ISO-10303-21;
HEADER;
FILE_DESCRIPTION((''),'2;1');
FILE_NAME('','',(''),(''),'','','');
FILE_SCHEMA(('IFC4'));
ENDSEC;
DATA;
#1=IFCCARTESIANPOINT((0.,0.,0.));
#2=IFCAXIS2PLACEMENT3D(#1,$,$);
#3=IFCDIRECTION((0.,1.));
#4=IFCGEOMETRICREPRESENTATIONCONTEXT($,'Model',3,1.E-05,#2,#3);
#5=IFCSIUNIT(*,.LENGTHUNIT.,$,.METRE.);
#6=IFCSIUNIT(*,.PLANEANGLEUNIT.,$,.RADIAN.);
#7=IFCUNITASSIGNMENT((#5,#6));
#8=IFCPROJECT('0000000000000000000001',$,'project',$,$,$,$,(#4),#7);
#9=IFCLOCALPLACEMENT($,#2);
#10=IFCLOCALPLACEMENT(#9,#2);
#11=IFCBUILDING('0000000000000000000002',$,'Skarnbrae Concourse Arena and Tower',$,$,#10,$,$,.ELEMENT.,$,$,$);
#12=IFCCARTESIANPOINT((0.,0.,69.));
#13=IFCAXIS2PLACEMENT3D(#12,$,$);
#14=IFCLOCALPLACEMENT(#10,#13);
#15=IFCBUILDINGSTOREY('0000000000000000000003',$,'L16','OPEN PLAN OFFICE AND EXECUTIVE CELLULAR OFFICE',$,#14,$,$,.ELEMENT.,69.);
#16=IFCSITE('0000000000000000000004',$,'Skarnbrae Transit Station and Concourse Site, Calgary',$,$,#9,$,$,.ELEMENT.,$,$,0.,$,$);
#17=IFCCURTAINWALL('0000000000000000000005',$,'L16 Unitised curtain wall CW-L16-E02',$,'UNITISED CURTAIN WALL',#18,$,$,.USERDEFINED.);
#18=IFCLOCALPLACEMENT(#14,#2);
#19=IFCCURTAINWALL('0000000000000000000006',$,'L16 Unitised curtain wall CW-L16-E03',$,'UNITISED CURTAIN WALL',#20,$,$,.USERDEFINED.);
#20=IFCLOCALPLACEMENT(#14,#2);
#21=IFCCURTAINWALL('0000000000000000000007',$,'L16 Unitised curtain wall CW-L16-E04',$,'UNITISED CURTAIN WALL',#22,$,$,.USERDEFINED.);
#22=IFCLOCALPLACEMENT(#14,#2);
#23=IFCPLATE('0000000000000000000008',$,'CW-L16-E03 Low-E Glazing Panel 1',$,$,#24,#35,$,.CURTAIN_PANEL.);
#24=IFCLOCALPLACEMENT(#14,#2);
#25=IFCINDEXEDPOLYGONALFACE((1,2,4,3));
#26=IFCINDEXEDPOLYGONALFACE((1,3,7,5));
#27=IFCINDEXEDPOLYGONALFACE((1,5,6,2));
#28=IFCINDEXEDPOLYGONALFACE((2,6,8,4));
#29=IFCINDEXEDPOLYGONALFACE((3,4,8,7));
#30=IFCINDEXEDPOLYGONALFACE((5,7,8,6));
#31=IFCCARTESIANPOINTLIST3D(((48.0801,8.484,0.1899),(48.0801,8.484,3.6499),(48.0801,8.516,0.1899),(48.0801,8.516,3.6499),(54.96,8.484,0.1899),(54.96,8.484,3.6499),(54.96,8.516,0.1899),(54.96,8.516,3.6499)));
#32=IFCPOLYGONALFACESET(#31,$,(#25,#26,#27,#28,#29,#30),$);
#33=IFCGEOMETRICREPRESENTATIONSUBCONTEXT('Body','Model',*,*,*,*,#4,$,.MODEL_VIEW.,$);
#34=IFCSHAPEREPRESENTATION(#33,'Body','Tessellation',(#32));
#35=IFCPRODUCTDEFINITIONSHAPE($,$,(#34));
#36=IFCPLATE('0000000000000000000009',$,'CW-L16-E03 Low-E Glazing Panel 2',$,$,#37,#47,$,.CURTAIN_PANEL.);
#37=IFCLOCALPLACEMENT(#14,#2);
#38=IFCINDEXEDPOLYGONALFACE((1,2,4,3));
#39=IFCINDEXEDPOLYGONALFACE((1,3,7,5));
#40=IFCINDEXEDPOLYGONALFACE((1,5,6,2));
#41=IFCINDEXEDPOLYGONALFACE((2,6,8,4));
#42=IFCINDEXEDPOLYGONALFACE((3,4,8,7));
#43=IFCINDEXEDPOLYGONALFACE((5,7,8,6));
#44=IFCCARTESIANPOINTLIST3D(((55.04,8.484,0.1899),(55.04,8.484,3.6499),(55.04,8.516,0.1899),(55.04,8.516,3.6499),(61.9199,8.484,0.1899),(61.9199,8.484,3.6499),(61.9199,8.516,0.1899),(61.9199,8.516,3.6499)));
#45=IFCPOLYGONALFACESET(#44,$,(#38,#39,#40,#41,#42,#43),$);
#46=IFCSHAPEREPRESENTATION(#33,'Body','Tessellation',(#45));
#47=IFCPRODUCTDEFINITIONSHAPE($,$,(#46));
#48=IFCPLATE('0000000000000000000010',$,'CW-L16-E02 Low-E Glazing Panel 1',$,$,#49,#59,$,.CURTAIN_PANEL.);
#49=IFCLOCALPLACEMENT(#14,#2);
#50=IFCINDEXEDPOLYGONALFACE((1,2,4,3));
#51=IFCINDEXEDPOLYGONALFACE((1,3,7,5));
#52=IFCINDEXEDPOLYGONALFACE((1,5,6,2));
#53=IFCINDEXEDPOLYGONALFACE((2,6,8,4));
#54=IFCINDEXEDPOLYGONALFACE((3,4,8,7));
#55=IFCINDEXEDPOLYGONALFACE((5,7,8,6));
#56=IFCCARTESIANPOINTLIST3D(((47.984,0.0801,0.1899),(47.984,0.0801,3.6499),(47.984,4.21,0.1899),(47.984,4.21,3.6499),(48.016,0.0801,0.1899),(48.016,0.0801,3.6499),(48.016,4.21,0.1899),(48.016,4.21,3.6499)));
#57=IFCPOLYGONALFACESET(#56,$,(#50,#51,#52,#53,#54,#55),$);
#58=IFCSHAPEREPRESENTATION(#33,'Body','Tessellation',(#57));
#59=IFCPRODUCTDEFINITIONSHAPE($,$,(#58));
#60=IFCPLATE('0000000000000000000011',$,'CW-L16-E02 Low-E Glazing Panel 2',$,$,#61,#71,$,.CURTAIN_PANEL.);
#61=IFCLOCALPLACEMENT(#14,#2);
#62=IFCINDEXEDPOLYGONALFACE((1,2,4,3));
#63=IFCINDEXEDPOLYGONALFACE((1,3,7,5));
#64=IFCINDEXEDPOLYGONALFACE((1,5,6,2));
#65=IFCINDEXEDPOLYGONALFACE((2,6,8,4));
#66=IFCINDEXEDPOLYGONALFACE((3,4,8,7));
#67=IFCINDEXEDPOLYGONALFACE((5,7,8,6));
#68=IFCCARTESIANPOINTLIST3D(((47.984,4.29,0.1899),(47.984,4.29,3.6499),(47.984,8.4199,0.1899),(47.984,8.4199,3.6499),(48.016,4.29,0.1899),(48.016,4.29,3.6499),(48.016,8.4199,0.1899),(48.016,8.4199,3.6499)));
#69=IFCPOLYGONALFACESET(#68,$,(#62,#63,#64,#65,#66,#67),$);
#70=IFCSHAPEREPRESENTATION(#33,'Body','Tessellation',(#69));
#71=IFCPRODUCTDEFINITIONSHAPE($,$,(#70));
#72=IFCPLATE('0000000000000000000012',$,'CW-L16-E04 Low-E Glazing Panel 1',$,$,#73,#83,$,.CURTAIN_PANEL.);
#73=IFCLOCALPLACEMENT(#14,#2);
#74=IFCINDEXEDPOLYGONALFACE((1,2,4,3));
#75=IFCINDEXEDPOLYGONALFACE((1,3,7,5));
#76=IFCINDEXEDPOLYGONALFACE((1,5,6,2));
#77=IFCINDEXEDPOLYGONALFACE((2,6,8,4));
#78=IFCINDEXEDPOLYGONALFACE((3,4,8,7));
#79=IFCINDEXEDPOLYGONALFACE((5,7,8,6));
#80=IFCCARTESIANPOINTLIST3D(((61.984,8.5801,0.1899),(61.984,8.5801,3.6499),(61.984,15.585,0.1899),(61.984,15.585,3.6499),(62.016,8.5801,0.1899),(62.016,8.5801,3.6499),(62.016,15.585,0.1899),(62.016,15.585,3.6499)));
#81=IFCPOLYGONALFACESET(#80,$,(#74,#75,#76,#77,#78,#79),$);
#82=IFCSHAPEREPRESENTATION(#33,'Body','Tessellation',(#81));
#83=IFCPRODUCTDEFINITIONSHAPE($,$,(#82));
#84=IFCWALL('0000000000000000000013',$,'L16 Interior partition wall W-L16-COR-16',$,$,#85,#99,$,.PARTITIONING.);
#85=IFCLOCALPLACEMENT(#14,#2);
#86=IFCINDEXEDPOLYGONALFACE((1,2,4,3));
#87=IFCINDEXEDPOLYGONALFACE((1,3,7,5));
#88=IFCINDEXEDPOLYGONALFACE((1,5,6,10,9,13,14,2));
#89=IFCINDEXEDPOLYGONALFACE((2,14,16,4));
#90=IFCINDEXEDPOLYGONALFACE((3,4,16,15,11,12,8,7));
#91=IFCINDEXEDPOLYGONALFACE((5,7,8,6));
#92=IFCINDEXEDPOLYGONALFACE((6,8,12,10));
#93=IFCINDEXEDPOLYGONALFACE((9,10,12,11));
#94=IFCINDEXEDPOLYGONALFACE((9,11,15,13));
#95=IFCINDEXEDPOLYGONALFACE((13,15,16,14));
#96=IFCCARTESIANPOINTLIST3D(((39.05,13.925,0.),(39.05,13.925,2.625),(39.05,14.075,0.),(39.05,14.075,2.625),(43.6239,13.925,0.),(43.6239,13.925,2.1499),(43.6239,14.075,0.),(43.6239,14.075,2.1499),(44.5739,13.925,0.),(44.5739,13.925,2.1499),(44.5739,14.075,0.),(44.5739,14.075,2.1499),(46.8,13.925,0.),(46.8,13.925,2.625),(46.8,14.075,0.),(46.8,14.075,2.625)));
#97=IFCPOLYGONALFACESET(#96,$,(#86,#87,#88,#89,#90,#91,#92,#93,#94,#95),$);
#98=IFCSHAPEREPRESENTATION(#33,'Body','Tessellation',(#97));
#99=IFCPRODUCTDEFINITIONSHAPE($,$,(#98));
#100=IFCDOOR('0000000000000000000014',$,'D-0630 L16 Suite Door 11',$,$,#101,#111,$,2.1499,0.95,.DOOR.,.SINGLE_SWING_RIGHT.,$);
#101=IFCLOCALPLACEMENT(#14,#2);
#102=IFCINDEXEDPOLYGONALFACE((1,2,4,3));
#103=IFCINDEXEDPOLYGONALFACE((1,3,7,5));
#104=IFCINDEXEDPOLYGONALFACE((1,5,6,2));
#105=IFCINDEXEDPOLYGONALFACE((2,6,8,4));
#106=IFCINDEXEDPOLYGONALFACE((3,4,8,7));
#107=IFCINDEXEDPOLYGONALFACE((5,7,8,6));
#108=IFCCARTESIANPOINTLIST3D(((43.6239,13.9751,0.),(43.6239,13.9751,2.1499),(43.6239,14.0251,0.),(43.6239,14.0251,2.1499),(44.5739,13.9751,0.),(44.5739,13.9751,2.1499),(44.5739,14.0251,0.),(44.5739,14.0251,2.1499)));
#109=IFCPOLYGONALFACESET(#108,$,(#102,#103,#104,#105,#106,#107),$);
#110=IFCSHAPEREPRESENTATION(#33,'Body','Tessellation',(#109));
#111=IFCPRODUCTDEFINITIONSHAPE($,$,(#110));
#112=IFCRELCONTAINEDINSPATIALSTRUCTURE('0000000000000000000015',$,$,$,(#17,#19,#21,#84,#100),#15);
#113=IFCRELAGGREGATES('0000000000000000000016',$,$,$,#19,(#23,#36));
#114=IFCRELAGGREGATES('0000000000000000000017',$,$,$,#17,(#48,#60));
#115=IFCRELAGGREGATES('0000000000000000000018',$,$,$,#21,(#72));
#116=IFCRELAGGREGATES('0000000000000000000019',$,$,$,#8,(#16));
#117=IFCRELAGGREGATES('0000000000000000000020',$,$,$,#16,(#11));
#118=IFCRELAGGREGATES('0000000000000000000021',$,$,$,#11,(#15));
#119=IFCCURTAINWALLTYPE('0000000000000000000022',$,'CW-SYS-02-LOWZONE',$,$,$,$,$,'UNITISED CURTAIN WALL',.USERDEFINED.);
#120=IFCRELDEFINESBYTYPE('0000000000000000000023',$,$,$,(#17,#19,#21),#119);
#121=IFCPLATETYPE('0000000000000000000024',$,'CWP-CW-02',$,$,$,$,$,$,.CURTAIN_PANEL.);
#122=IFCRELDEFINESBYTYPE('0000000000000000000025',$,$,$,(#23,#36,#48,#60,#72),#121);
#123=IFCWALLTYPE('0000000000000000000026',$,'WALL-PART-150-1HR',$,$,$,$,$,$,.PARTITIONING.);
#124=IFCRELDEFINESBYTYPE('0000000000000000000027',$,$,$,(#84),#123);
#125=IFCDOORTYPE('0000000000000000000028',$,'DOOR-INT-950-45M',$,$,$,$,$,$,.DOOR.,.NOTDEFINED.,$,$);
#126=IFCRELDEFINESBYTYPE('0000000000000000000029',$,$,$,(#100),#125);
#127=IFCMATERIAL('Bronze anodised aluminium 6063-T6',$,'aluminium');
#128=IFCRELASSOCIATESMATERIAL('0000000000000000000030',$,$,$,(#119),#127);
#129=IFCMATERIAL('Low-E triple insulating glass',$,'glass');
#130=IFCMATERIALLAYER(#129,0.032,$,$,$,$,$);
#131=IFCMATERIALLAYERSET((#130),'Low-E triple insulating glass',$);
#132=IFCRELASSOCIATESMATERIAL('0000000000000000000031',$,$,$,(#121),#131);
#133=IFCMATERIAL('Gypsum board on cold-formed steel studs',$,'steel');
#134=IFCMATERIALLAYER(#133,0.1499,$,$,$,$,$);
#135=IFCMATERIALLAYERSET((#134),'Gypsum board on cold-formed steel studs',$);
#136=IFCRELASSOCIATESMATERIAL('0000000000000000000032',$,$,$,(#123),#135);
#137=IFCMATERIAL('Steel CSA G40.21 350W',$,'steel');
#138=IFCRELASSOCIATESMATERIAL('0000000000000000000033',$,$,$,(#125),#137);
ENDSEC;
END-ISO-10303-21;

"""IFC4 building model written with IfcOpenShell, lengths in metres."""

from ifc_helpers import new_model, si_unit, direction, frame, frame_2d, origin, origin_2d, place, context, subcontext, project, spatial, rectangle, extrude, source, transform, mapped, material, layer, layer_set, type_object, element, fill, aggregate, save


model = new_model("IFC4")

# Units and contexts
model_context = context("Model", 3, precision=1e-05, world=origin(), true_north=direction((0.0, 1.0)))
body_context = subcontext(model_context, "Body", "Model", "MODEL_VIEW")
ifc_project = project(units=[si_unit("LENGTHUNIT", "METRE"), si_unit("PLANEANGLEUNIT", "RADIAN")], contexts=[model_context])

# Site, building, storey
site_placement = place(None, origin())
site = spatial("IfcSite", under=ifc_project, at=site_placement, Name="Skarnbrae Transit Station and Concourse Site, Calgary", CompositionType="ELEMENT", RefElevation=0.0)
building_placement = place(site_placement, origin())
building = spatial("IfcBuilding", under=site, at=building_placement, Name="Skarnbrae Concourse Arena and Tower", CompositionType="ELEMENT")
storey_placement = place(building_placement, frame((0.0, 0.0, 69.0)))
storey = spatial("IfcBuildingStorey", under=building, at=storey_placement, Name="L16", Description="OPEN PLAN OFFICE AND EXECUTIVE CELLULAR OFFICE", CompositionType="ELEMENT", Elevation=69.0)

# Shared definitions
ifc_material_1 = material(Name="Steel CSA G40.21 350W", Category="steel")

# Shared definitions
ifc_material_2 = material(Name="Bronze anodised aluminium 6063-T6", Category="aluminium")
curtain_wall_type = type_object("IfcCurtainWallType", Name="CW-SYS-02-LOWZONE", ElementType="UNITISED CURTAIN WALL", PredefinedType="USERDEFINED", material=ifc_material_2)

# Curtain walls
curtain_wall_1_placement = place(storey_placement, origin())
curtain_wall_1 = element("IfcCurtainWall", 1, at=curtain_wall_1_placement, inside=storey, type_object=curtain_wall_type, Name="L16 Unitised curtain wall CW-L16-E02", ObjectType="UNITISED CURTAIN WALL", PredefinedType="USERDEFINED")
curtain_wall_2_placement = place(storey_placement, origin())
curtain_wall_2 = element("IfcCurtainWall", 2, at=curtain_wall_2_placement, inside=storey, type_object=curtain_wall_type, Name="L16 Unitised curtain wall CW-L16-E03", ObjectType="UNITISED CURTAIN WALL", PredefinedType="USERDEFINED")

# Curtain wall
curtain_wall_3_placement = place(storey_placement, origin())
curtain_wall_3 = element("IfcCurtainWall", 3, at=curtain_wall_3_placement, inside=storey, type_object=curtain_wall_type, Name="L16 Unitised curtain wall CW-L16-E04", ObjectType="UNITISED CURTAIN WALL", PredefinedType="USERDEFINED")

# Plates
ifc_material_3 = material(Name="Low-E triple insulating glass", Category="glass")
ifc_layer_1 = layer(ifc_material_3, 0.032)
ifc_layer_set_1 = layer_set([ifc_layer_1], Name="Low-E triple insulating glass")
plate_type = type_object("IfcPlateType", Name="CWP-CW-02", PredefinedType="CURTAIN_PANEL", material=ifc_layer_set_1)
shared_shape_1 = source(origin(), body_context, "Body", "SweptSolid", [
    extrude(rectangle(XDim=6.8799, YDim=0.032, at=origin_2d()), origin(), (0.0, 0.0, 1.0), 3.46),
])
plate_1_placement = place(storey_placement, frame((51.52, 8.5, 0.1899), z_axis=(0.0, 0.0, 1.0), x_axis=(1.0, 0.0, 0.0)))
plate_1 = element("IfcPlate", 4, at=plate_1_placement, type_object=plate_type, Name="CW-L16-E03 Low-E Glazing Panel 1", PredefinedType="CURTAIN_PANEL", context=body_context, shape_type="MappedRepresentation", body=[
    mapped(shared_shape_1, transform((0.0, 0.0, 0.0))),
])
plate_2_placement = place(storey_placement, frame((58.48, 8.5, 0.1899), z_axis=(0.0, 0.0, 1.0), x_axis=(1.0, 0.0, 0.0)))
plate_2 = element("IfcPlate", 5, at=plate_2_placement, type_object=plate_type, Name="CW-L16-E03 Low-E Glazing Panel 2", PredefinedType="CURTAIN_PANEL", context=body_context, shape_type="MappedRepresentation", body=[
    mapped(shared_shape_1, transform((0.0, 0.0, 0.0))),
])
aggregate(curtain_wall_2, [plate_1, plate_2])
shared_shape_2 = source(origin(), body_context, "Body", "SweptSolid", [
    extrude(rectangle(XDim=4.1299, YDim=0.032, at=origin_2d()), origin(), (0.0, 0.0, 1.0), 3.46),
])
plate_3_placement = place(storey_placement, frame((48.0, 2.145, 0.1899), z_axis=(0.0, 0.0, 1.0), x_axis=(0.0, 1.0, 0.0)))
plate_3 = element("IfcPlate", 6, at=plate_3_placement, type_object=plate_type, Name="CW-L16-E02 Low-E Glazing Panel 1", PredefinedType="CURTAIN_PANEL", context=body_context, shape_type="MappedRepresentation", body=[
    mapped(shared_shape_2, transform((0.0, 0.0, 0.0))),
])
plate_4_placement = place(storey_placement, frame((48.0, 6.355, 0.1899), z_axis=(0.0, 0.0, 1.0), x_axis=(0.0, 1.0, 0.0)))
plate_4 = element("IfcPlate", 7, at=plate_4_placement, type_object=plate_type, Name="CW-L16-E02 Low-E Glazing Panel 2", PredefinedType="CURTAIN_PANEL", context=body_context, shape_type="MappedRepresentation", body=[
    mapped(shared_shape_2, transform((0.0, 0.0, 0.0))),
])
aggregate(curtain_wall_1, [plate_3, plate_4])
shared_shape_3 = source(origin(), body_context, "Body", "SweptSolid", [
    extrude(rectangle(XDim=7.0049, YDim=0.032, at=origin_2d()), origin(), (0.0, 0.0, 1.0), 3.46),
])
plate_5_placement = place(storey_placement, frame((62.0, 12.0825, 0.1899), z_axis=(0.0, 0.0, 1.0), x_axis=(0.0, 1.0, 0.0)))
plate_5 = element("IfcPlate", 8, at=plate_5_placement, type_object=plate_type, Name="CW-L16-E04 Low-E Glazing Panel 1", PredefinedType="CURTAIN_PANEL", context=body_context, shape_type="MappedRepresentation", body=[
    mapped(shared_shape_3, transform((0.0, 0.0, 0.0))),
])
aggregate(curtain_wall_3, [plate_5])

# Wall, opening, door
ifc_material_4 = material(Name="Gypsum board on cold-formed steel studs", Category="steel")
ifc_layer_2 = layer(ifc_material_4, 0.1499)
ifc_layer_set_2 = layer_set([ifc_layer_2], Name="Gypsum board on cold-formed steel studs")
wall_type = type_object("IfcWallType", Name="WALL-PART-150-1HR", PredefinedType="PARTITIONING", material=ifc_layer_set_2)
shared_shape_4 = source(origin(), body_context, "Body", "SweptSolid", [
    extrude(rectangle(XDim=7.75, YDim=0.1499, at=frame_2d((3.875, 0.0))), origin(), (0.0, 0.0, 1.0), 2.625),
])
wall_placement = place(storey_placement, frame((46.8, 14.0, 0.0), z_axis=(0.0, 0.0, 1.0), x_axis=(-1.0, 0.0, 0.0)))
wall = element("IfcWall", 9, at=wall_placement, inside=storey, type_object=wall_type, Name="L16 Interior partition wall W-L16-COR-16", PredefinedType="PARTITIONING", context=body_context, shape_type="MappedRepresentation", body=[
    mapped(shared_shape_4, transform((0.0, 0.0, 0.0))),
])
opening_placement = place(wall_placement, frame((2.2261, 0.0, 0.0)))
opening = element("IfcOpeningElement", 10, at=opening_placement, cuts=wall, PredefinedType="OPENING", context=body_context, shape_type="SweptSolid", body=[
    extrude(rectangle(XDim=0.95, YDim=2.1499, at=frame_2d((0.4751, 1.075))), frame((0.0, 0.085, 0.0), z_axis=(0.0, -1.0, 0.0), x_axis=(1.0, 0.0, 0.0)), (0.0, 0.0, 1.0), 0.1699),
])
door_type = type_object("IfcDoorType", Name="DOOR-INT-950-45M", OperationType="NOTDEFINED", PredefinedType="DOOR", material=ifc_material_1)
shared_shape_5 = source(origin(), body_context, "Body", "SweptSolid", [
    extrude(rectangle(XDim=0.95, YDim=2.1499, at=frame_2d((0.4751, 1.075))), frame((0.0, 0.0249, 0.0), z_axis=(0.0, -1.0, 0.0), x_axis=(1.0, 0.0, 0.0)), (0.0, 0.0, 1.0), 0.05),
])
door_placement = place(opening_placement, origin())
door = element("IfcDoor", 11, at=door_placement, inside=storey, type_object=door_type, Name="D-0630 L16 Suite Door 11", OperationType="SINGLE_SWING_RIGHT", OverallHeight=2.1499, OverallWidth=0.95, PredefinedType="DOOR", context=body_context, shape_type="MappedRepresentation", body=[
    mapped(shared_shape_5, transform((0.0, 0.0, 0.0))),
])
fill(opening, door)

save(model, "model.ifc")
